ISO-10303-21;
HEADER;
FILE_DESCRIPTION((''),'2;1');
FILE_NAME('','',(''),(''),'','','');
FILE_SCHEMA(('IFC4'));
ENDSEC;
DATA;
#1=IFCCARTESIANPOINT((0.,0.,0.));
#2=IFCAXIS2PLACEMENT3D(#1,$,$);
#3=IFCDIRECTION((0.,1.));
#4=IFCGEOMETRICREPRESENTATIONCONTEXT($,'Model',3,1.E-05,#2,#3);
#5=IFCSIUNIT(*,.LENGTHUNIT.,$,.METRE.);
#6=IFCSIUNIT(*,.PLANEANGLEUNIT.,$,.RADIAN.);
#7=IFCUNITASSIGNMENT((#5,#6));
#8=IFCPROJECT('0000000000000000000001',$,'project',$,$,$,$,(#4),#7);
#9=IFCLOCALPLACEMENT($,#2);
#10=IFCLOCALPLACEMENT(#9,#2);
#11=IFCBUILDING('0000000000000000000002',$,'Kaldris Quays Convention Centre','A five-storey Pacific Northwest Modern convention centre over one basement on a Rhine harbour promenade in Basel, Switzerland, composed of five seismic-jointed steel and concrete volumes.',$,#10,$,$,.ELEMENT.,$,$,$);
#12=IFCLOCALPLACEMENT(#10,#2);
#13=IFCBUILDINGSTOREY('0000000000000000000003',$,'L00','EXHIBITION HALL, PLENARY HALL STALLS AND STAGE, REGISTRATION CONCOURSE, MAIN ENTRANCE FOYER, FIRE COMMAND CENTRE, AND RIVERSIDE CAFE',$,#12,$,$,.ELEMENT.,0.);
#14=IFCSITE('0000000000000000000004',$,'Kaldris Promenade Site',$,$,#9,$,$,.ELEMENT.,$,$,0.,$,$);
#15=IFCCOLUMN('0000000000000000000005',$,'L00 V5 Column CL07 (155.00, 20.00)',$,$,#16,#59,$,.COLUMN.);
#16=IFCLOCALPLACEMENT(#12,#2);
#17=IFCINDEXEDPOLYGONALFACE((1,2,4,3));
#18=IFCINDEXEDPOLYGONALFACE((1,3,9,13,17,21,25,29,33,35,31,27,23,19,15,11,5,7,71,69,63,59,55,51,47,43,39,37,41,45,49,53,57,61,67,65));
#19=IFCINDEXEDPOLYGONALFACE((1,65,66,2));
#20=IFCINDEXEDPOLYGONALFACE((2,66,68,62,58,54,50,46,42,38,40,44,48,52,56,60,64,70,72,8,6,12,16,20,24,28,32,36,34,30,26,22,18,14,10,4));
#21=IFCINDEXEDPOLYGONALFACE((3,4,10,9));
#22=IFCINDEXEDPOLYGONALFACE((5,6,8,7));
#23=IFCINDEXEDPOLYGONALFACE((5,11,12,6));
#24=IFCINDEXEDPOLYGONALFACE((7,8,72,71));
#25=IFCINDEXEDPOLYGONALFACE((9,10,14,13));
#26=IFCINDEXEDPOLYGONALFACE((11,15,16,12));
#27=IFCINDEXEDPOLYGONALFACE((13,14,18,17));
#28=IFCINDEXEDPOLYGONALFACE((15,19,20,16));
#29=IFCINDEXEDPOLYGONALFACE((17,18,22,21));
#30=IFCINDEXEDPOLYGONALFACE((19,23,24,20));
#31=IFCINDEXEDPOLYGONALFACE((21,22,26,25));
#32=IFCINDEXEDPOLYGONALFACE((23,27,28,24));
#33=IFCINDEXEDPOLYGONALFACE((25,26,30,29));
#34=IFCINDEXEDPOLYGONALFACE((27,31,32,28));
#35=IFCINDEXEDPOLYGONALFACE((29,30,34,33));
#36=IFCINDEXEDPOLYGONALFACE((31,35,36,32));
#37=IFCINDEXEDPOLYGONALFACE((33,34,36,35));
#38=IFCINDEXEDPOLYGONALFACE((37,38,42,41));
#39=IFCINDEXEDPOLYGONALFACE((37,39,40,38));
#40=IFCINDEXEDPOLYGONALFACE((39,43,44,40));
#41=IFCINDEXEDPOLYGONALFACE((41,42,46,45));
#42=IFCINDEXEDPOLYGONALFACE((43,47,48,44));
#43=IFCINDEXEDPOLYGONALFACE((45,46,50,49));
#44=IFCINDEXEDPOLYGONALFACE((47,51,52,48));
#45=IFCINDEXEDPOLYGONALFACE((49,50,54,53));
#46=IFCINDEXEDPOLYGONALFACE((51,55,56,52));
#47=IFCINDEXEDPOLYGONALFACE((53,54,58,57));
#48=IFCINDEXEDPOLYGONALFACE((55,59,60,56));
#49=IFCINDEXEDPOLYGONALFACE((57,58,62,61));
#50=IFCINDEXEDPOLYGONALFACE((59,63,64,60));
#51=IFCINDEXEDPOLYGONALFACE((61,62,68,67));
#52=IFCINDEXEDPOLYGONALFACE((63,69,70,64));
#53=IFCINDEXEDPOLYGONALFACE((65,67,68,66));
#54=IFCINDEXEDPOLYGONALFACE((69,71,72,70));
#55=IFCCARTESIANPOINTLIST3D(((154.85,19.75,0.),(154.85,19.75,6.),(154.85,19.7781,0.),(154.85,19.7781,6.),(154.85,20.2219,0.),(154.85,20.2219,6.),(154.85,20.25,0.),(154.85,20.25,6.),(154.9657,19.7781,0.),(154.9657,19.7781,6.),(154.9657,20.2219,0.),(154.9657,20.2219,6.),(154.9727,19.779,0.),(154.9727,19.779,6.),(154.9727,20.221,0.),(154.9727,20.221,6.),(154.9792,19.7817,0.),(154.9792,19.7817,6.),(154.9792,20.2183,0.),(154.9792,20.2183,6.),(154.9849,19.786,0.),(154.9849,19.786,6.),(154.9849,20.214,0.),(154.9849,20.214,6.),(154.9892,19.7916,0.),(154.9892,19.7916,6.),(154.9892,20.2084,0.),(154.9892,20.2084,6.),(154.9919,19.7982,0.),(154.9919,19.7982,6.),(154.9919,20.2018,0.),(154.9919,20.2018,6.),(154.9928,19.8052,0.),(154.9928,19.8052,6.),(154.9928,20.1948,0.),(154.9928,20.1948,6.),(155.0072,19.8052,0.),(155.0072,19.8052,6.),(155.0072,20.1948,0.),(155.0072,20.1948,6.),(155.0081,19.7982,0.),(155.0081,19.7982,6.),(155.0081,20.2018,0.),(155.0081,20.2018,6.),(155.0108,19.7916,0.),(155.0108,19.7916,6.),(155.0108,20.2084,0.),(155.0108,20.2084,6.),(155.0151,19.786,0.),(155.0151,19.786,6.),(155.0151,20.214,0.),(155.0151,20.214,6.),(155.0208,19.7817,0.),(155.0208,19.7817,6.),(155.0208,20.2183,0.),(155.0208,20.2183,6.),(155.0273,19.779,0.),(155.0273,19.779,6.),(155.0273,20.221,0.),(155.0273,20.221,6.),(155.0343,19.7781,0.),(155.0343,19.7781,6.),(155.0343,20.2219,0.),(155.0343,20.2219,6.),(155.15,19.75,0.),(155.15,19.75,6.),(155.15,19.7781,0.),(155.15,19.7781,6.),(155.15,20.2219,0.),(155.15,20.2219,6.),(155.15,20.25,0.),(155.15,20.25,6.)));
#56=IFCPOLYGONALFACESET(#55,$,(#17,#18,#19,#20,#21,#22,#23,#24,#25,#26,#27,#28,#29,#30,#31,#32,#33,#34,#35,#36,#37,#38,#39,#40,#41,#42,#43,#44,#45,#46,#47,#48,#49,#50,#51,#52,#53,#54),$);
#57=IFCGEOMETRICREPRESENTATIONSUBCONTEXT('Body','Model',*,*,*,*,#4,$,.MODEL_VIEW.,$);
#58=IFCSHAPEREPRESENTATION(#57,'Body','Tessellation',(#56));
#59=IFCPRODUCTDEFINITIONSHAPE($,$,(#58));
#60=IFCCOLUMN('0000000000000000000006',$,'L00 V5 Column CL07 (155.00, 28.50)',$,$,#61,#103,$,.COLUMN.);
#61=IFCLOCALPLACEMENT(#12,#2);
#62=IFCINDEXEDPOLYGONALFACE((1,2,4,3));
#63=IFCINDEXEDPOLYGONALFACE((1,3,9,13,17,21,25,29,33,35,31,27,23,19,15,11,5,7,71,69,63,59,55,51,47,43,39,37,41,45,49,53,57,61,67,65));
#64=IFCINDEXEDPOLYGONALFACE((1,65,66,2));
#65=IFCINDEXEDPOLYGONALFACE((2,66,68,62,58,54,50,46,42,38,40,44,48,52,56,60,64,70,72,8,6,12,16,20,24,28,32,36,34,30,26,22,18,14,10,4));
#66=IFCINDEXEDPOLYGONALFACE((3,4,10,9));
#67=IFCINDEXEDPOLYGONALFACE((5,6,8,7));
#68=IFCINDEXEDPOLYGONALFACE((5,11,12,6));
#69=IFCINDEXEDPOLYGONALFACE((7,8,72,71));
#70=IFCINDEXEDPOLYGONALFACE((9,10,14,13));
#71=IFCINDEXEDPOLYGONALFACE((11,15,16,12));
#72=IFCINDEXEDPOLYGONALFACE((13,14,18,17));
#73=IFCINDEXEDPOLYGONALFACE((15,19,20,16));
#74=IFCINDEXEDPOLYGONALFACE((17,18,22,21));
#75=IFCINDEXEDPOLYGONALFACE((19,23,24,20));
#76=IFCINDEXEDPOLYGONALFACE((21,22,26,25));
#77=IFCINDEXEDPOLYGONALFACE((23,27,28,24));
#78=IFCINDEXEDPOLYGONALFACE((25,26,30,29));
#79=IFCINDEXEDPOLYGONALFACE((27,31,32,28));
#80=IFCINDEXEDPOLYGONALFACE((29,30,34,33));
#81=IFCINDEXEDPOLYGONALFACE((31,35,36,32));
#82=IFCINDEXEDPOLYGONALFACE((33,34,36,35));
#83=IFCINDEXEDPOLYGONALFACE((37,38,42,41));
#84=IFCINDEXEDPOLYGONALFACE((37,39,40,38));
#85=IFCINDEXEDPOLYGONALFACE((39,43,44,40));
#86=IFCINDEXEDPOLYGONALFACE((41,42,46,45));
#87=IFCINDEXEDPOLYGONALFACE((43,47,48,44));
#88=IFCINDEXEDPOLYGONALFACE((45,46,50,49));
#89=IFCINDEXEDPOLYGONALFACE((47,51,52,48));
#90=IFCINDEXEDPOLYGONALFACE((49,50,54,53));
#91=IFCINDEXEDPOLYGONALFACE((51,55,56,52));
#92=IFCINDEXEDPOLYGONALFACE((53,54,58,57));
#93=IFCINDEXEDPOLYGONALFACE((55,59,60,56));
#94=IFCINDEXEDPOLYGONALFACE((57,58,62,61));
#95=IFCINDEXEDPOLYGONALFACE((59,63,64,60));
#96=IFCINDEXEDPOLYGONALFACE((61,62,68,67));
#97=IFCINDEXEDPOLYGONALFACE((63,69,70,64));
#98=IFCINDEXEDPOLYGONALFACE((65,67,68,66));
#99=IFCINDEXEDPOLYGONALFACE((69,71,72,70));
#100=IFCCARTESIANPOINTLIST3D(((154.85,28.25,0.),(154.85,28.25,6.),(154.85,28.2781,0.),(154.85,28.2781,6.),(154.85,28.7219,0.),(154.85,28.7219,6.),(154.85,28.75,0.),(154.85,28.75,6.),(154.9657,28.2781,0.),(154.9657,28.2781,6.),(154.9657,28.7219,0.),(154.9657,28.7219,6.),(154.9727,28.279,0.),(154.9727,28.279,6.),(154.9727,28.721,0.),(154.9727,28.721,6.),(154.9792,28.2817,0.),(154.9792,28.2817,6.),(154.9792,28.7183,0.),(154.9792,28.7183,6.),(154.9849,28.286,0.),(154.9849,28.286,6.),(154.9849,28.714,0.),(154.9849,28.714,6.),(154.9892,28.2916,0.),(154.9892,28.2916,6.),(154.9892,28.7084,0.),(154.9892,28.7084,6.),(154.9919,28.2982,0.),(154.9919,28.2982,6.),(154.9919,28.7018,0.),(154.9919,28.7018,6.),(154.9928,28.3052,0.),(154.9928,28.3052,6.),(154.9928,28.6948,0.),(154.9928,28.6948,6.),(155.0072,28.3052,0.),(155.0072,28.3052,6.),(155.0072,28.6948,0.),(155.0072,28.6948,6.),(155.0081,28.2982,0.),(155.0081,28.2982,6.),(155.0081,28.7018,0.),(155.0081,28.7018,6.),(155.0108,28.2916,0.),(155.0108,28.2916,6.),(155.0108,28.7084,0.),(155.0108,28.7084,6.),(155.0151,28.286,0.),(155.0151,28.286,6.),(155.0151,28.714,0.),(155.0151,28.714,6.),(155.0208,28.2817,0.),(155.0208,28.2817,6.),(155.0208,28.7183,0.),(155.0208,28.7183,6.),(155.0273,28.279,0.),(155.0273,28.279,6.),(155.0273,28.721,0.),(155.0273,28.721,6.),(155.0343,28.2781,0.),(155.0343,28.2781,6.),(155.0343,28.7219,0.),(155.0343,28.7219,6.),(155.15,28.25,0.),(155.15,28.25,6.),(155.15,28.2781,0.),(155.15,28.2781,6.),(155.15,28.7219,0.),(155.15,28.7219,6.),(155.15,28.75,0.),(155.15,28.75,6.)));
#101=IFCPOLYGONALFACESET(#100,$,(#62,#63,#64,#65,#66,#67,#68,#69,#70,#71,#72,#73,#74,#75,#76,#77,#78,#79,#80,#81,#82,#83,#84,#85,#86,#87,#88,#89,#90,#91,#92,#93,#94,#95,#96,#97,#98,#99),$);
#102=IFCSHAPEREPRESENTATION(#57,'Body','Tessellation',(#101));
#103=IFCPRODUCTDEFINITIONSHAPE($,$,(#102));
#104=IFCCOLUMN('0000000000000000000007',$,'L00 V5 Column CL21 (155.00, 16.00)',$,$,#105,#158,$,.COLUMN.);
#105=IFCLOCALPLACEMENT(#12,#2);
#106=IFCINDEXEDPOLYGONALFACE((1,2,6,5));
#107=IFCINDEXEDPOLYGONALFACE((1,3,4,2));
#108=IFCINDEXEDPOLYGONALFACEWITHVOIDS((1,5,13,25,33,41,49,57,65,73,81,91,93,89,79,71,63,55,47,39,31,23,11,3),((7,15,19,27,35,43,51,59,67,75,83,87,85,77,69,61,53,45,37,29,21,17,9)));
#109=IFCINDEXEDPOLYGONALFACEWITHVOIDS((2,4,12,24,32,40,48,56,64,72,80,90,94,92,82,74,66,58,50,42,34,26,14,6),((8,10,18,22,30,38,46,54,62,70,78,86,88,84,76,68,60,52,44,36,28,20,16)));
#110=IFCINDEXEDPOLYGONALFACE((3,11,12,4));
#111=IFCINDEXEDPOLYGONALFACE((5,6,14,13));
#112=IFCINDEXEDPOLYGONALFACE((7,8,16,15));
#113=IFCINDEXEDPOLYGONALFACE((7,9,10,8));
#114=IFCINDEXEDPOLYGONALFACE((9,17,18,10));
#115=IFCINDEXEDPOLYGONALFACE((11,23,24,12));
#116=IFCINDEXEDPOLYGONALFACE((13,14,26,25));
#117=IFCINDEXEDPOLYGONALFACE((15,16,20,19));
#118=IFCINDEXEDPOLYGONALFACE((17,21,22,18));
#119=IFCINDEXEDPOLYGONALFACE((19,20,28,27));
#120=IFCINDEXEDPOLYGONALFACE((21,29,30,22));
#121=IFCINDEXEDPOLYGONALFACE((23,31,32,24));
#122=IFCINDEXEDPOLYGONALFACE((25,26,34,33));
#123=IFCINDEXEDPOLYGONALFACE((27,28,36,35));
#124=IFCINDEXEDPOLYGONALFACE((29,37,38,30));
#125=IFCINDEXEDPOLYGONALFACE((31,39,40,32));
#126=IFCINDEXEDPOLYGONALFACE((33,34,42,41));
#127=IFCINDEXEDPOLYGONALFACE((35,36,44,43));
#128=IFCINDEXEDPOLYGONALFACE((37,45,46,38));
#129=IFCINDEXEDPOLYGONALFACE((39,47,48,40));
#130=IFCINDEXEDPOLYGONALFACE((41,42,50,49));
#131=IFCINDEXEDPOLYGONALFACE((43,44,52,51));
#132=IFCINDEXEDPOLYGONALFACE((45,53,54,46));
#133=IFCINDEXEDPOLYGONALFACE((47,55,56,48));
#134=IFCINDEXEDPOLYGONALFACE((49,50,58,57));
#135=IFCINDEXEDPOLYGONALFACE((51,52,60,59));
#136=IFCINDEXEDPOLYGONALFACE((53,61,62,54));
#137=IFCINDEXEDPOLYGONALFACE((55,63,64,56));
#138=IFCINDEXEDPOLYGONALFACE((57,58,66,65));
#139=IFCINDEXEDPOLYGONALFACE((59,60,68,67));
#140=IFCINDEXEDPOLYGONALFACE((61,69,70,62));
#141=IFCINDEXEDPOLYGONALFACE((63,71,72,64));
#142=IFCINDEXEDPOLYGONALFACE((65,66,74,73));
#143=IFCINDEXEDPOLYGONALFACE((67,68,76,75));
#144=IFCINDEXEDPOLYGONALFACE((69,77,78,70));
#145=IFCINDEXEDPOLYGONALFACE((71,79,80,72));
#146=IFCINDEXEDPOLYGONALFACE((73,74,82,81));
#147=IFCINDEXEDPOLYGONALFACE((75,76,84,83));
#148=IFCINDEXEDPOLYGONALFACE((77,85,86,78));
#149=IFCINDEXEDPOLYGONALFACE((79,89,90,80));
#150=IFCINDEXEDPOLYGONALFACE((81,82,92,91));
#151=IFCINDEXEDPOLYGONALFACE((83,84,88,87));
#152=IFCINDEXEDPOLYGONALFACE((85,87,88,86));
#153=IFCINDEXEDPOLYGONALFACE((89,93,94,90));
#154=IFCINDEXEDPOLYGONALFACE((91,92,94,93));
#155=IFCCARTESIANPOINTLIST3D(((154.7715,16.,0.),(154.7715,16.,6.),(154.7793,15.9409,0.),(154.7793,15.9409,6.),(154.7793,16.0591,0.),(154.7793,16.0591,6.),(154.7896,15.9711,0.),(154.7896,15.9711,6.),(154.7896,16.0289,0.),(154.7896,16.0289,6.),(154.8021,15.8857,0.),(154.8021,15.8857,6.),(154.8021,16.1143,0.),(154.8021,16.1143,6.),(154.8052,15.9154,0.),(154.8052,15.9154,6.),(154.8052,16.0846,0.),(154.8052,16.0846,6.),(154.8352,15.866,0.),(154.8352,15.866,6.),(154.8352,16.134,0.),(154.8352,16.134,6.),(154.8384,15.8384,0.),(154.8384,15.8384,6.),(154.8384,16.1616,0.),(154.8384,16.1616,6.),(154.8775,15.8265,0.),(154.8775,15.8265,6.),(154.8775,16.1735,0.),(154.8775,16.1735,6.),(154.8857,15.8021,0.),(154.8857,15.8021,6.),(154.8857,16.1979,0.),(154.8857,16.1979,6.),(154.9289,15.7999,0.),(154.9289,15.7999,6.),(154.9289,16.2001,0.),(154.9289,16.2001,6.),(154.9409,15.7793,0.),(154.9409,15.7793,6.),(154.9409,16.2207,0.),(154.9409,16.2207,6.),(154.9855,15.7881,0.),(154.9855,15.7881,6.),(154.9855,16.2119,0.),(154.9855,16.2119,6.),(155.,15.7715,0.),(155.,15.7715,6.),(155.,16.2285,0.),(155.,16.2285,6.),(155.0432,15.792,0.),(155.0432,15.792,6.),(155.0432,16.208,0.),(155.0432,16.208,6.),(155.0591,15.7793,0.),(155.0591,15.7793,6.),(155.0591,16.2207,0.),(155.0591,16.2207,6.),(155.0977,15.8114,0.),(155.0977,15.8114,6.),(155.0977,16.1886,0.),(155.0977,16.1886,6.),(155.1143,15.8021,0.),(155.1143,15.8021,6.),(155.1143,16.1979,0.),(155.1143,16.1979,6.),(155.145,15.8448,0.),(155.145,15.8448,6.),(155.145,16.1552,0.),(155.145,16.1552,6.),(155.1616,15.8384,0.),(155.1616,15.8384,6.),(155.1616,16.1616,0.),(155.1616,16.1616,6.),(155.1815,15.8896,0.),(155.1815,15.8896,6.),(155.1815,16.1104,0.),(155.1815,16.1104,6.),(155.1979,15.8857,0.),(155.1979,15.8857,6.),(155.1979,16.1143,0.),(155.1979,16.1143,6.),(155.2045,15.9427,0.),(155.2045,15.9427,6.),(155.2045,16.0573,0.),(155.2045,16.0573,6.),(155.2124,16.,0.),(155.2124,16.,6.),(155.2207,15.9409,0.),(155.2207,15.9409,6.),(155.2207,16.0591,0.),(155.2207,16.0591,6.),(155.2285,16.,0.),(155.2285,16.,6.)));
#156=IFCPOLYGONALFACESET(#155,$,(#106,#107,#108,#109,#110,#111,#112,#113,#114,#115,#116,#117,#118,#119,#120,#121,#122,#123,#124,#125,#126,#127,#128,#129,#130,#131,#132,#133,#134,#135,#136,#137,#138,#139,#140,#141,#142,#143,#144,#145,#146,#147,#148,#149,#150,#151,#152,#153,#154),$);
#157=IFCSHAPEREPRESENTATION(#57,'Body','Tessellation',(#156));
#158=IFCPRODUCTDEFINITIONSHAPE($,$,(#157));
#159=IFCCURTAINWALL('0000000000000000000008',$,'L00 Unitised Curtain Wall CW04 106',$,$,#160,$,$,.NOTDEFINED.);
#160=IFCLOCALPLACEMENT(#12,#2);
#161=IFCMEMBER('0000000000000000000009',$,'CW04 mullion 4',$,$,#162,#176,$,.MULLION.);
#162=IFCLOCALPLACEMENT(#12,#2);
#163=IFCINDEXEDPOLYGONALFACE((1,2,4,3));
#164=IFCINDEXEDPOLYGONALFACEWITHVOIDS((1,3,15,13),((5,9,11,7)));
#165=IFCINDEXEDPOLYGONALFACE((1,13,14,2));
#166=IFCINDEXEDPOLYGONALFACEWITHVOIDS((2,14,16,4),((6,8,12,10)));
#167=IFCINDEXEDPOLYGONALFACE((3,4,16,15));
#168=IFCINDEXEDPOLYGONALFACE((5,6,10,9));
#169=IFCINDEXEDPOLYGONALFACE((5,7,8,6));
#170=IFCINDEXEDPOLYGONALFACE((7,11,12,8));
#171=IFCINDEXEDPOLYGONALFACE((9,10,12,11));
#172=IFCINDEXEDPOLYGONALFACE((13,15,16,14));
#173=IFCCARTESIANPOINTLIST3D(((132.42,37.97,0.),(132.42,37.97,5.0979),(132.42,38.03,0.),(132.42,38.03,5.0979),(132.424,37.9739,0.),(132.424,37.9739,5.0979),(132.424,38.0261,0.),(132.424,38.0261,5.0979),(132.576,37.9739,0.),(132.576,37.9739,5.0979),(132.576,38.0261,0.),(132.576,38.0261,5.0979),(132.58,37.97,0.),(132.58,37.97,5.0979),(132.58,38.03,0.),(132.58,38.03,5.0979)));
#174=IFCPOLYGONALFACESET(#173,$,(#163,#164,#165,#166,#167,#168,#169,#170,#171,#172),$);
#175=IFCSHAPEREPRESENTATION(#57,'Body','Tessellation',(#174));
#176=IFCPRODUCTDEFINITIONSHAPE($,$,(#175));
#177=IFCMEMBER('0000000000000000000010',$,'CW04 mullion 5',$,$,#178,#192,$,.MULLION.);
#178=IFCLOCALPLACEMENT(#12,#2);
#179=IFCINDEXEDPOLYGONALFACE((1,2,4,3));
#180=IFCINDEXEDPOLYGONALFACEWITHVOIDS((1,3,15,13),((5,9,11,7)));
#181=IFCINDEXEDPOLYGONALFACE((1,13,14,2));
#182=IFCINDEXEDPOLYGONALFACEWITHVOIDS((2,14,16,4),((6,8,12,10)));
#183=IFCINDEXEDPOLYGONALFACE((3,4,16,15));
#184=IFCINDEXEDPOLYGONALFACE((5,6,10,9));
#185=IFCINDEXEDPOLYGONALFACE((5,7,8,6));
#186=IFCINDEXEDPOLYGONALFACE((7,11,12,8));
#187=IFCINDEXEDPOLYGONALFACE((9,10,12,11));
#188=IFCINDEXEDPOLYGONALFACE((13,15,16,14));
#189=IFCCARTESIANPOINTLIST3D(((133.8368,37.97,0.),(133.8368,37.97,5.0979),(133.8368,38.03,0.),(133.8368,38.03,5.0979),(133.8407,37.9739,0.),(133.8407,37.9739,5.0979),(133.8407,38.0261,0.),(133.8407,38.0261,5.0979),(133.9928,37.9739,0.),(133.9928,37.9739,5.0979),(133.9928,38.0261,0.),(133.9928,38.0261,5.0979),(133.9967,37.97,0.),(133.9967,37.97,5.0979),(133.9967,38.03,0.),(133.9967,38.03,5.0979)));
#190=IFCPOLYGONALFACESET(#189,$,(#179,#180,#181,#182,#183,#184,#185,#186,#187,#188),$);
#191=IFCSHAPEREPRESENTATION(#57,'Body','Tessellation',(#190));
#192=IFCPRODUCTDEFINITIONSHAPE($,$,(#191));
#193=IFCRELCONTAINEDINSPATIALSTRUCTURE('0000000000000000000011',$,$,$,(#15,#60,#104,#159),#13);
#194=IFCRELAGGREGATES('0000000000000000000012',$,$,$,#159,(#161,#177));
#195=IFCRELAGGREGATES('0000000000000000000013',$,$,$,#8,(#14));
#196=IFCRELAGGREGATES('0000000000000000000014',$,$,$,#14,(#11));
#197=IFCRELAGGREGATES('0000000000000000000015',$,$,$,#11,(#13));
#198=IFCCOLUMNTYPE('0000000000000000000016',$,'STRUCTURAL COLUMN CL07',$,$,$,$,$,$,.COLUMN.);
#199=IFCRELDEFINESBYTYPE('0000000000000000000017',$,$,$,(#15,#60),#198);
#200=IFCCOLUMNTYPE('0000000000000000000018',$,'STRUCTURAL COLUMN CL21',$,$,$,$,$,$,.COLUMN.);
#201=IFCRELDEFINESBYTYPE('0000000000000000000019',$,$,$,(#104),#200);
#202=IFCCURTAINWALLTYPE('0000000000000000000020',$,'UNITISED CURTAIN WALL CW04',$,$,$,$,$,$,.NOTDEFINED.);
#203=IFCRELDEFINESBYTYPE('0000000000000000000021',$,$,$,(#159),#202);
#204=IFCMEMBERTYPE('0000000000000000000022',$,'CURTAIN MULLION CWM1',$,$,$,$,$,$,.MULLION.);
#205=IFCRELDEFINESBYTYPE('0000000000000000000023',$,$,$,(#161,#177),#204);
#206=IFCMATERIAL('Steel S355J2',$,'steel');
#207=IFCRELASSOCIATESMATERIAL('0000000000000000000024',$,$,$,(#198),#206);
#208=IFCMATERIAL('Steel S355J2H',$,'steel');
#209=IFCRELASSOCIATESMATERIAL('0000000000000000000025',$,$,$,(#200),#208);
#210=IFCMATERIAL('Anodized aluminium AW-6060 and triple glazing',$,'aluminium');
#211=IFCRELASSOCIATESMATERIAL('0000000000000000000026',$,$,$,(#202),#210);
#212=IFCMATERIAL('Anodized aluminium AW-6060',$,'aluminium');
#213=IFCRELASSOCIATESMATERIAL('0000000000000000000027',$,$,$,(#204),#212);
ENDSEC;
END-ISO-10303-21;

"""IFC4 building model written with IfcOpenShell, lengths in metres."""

from ifc_helpers import new_model, si_unit, direction, frame, origin, origin_2d, place, context, subcontext, project, spatial, hollow_rectangle, hollow_circle, i_section, extrude, material, material_profile, profile_set, type_object, element, aggregate, save


model = new_model("IFC4")

# Units and contexts
model_context = context("Model", 3, precision=1e-05, world=origin(), true_north=direction((0.0, 1.0)))
body_context = subcontext(model_context, "Body", "Model", "MODEL_VIEW")
ifc_project = project(units=[si_unit("LENGTHUNIT", "METRE"), si_unit("PLANEANGLEUNIT", "RADIAN")], contexts=[model_context])

# Site, building, storey
site_placement = place(None, origin())
site = spatial("IfcSite", under=ifc_project, at=site_placement, Name="Kaldris Promenade Site", CompositionType="ELEMENT", RefElevation=0.0)
building_placement = place(site_placement, origin())
building = spatial("IfcBuilding", under=site, at=building_placement, Name="Kaldris Quays Convention Centre", Description="A five-storey Pacific Northwest Modern convention centre over one basement on a Rhine harbour promenade in Basel, Switzerland, composed of five seismic-jointed steel and concrete volumes.", CompositionType="ELEMENT")
storey_placement = place(building_placement, origin())
storey = spatial("IfcBuildingStorey", under=building, at=storey_placement, Name="L00", Description="EXHIBITION HALL, PLENARY HALL STALLS AND STAGE, REGISTRATION CONCOURSE, MAIN ENTRANCE FOYER, FIRE COMMAND CENTRE, AND RIVERSIDE CAFE", CompositionType="ELEMENT", Elevation=0.0)

# Columns
ifc_material_1 = material(Name="Steel S355J2", Category="steel")
ifc_material_profile_1 = material_profile(ifc_material_1, i_section(OverallWidth=0.3, OverallDepth=0.5, WebThickness=0.0144, FlangeThickness=0.0281, FilletRadius=0.0271, at=origin_2d()), Name="HEB 500")
ifc_profile_set_1 = profile_set([ifc_material_profile_1], Name="Steel S355J2")
column_type_1 = type_object("IfcColumnType", Name="STRUCTURAL COLUMN CL07", PredefinedType="COLUMN", material=ifc_profile_set_1)
for number, where, z_axis, x_axis, name in (
    (1, (155.0, 20.0, 0.0), (0.0, 0.0, 1.0), (1.0, 0.0, 0.0), "L00 V5 Column CL07 (155.00, 20.00)"),
    (2, (155.0, 28.5, 0.0), (0.0, 0.0, 1.0), (1.0, 0.0, 0.0), "L00 V5 Column CL07 (155.00, 28.50)"),
):
    element("IfcColumn", number, at=place(storey_placement, frame(where, z_axis=z_axis, x_axis=x_axis)), inside=storey, type_object=column_type_1, Name=name, PredefinedType="COLUMN", context=body_context, shape_type="SweptSolid", body=[
        extrude(i_section(OverallWidth=0.3, OverallDepth=0.5, WebThickness=0.0144, FlangeThickness=0.0281, FilletRadius=0.0271, at=origin_2d()), origin(), (0.0, 0.0, 1.0), 6.0),
    ])
ifc_material_2 = material(Name="Steel S355J2H", Category="steel")
ifc_material_profile_2 = material_profile(ifc_material_2, hollow_circle(Radius=0.2285, WallThickness=0.0161, at=origin_2d()), Name="CHS 457x16")
ifc_profile_set_2 = profile_set([ifc_material_profile_2], Name="Steel S355J2H")
column_type_2 = type_object("IfcColumnType", Name="STRUCTURAL COLUMN CL21", PredefinedType="COLUMN", material=ifc_profile_set_2)
column_placement = place(storey_placement, frame((155.0, 16.0, 0.0), z_axis=(0.0, 0.0, 1.0), x_axis=(1.0, 0.0, 0.0)))
element("IfcColumn", 3, at=column_placement, inside=storey, type_object=column_type_2, Name="L00 V5 Column CL21 (155.00, 16.00)", PredefinedType="COLUMN", context=body_context, shape_type="SweptSolid", body=[
    extrude(hollow_circle(Radius=0.2285, WallThickness=0.0161, at=origin_2d()), origin(), (0.0, 0.0, 1.0), 6.0),
])

# Curtain wall, members
ifc_material_3 = material(Name="Anodized aluminium AW-6060 and triple glazing", Category="aluminium")
curtain_wall_type_1 = type_object("IfcCurtainWallType", Name="UNITISED CURTAIN WALL CW04", PredefinedType="NOTDEFINED", material=ifc_material_3)
curtain_wall_1_placement = place(storey_placement, origin())
curtain_wall_1 = element("IfcCurtainWall", 4, at=curtain_wall_1_placement, inside=storey, type_object=curtain_wall_type_1, Name="L00 Unitised Curtain Wall CW04 106", PredefinedType="NOTDEFINED")
ifc_material_4 = material(Name="Anodized aluminium AW-6060", Category="aluminium")
ifc_material_profile_3 = material_profile(ifc_material_4, hollow_rectangle(XDim=0.0601, YDim=0.1599, WallThickness=0.0039, at=origin_2d()), Name="RHS 160x60x4")
ifc_profile_set_3 = profile_set([ifc_material_profile_3], Name="Anodized aluminium AW-6060")
member_type_1 = type_object("IfcMemberType", Name="CURTAIN MULLION CWM1", PredefinedType="MULLION", material=ifc_profile_set_3)
member_1_placement = place(storey_placement, frame((132.5, 38.0, 0.0), z_axis=(0.0, 0.0, 1.0), x_axis=(0.0, 1.0, 0.0)))
member_1 = element("IfcMember", 5, at=member_1_placement, type_object=member_type_1, Name="CW04 mullion 4", PredefinedType="MULLION", context=body_context, shape_type="SweptSolid", body=[
    extrude(hollow_rectangle(XDim=0.0601, YDim=0.1599, WallThickness=0.0039, at=origin_2d()), origin(), (0.0, 0.0, 1.0), 5.0979),
])
member_2_placement = place(storey_placement, frame((133.9167, 38.0, 0.0), z_axis=(0.0, 0.0, 1.0), x_axis=(0.0, 1.0, 0.0)))
member_2 = element("IfcMember", 6, at=member_2_placement, type_object=member_type_1, Name="CW04 mullion 5", PredefinedType="MULLION", context=body_context, shape_type="SweptSolid", body=[
    extrude(hollow_rectangle(XDim=0.0601, YDim=0.1599, WallThickness=0.0039, at=origin_2d()), origin(), (0.0, 0.0, 1.0), 5.0979),
])

aggregate(curtain_wall_1, [member_1, member_2])

save(model, "model.ifc")
